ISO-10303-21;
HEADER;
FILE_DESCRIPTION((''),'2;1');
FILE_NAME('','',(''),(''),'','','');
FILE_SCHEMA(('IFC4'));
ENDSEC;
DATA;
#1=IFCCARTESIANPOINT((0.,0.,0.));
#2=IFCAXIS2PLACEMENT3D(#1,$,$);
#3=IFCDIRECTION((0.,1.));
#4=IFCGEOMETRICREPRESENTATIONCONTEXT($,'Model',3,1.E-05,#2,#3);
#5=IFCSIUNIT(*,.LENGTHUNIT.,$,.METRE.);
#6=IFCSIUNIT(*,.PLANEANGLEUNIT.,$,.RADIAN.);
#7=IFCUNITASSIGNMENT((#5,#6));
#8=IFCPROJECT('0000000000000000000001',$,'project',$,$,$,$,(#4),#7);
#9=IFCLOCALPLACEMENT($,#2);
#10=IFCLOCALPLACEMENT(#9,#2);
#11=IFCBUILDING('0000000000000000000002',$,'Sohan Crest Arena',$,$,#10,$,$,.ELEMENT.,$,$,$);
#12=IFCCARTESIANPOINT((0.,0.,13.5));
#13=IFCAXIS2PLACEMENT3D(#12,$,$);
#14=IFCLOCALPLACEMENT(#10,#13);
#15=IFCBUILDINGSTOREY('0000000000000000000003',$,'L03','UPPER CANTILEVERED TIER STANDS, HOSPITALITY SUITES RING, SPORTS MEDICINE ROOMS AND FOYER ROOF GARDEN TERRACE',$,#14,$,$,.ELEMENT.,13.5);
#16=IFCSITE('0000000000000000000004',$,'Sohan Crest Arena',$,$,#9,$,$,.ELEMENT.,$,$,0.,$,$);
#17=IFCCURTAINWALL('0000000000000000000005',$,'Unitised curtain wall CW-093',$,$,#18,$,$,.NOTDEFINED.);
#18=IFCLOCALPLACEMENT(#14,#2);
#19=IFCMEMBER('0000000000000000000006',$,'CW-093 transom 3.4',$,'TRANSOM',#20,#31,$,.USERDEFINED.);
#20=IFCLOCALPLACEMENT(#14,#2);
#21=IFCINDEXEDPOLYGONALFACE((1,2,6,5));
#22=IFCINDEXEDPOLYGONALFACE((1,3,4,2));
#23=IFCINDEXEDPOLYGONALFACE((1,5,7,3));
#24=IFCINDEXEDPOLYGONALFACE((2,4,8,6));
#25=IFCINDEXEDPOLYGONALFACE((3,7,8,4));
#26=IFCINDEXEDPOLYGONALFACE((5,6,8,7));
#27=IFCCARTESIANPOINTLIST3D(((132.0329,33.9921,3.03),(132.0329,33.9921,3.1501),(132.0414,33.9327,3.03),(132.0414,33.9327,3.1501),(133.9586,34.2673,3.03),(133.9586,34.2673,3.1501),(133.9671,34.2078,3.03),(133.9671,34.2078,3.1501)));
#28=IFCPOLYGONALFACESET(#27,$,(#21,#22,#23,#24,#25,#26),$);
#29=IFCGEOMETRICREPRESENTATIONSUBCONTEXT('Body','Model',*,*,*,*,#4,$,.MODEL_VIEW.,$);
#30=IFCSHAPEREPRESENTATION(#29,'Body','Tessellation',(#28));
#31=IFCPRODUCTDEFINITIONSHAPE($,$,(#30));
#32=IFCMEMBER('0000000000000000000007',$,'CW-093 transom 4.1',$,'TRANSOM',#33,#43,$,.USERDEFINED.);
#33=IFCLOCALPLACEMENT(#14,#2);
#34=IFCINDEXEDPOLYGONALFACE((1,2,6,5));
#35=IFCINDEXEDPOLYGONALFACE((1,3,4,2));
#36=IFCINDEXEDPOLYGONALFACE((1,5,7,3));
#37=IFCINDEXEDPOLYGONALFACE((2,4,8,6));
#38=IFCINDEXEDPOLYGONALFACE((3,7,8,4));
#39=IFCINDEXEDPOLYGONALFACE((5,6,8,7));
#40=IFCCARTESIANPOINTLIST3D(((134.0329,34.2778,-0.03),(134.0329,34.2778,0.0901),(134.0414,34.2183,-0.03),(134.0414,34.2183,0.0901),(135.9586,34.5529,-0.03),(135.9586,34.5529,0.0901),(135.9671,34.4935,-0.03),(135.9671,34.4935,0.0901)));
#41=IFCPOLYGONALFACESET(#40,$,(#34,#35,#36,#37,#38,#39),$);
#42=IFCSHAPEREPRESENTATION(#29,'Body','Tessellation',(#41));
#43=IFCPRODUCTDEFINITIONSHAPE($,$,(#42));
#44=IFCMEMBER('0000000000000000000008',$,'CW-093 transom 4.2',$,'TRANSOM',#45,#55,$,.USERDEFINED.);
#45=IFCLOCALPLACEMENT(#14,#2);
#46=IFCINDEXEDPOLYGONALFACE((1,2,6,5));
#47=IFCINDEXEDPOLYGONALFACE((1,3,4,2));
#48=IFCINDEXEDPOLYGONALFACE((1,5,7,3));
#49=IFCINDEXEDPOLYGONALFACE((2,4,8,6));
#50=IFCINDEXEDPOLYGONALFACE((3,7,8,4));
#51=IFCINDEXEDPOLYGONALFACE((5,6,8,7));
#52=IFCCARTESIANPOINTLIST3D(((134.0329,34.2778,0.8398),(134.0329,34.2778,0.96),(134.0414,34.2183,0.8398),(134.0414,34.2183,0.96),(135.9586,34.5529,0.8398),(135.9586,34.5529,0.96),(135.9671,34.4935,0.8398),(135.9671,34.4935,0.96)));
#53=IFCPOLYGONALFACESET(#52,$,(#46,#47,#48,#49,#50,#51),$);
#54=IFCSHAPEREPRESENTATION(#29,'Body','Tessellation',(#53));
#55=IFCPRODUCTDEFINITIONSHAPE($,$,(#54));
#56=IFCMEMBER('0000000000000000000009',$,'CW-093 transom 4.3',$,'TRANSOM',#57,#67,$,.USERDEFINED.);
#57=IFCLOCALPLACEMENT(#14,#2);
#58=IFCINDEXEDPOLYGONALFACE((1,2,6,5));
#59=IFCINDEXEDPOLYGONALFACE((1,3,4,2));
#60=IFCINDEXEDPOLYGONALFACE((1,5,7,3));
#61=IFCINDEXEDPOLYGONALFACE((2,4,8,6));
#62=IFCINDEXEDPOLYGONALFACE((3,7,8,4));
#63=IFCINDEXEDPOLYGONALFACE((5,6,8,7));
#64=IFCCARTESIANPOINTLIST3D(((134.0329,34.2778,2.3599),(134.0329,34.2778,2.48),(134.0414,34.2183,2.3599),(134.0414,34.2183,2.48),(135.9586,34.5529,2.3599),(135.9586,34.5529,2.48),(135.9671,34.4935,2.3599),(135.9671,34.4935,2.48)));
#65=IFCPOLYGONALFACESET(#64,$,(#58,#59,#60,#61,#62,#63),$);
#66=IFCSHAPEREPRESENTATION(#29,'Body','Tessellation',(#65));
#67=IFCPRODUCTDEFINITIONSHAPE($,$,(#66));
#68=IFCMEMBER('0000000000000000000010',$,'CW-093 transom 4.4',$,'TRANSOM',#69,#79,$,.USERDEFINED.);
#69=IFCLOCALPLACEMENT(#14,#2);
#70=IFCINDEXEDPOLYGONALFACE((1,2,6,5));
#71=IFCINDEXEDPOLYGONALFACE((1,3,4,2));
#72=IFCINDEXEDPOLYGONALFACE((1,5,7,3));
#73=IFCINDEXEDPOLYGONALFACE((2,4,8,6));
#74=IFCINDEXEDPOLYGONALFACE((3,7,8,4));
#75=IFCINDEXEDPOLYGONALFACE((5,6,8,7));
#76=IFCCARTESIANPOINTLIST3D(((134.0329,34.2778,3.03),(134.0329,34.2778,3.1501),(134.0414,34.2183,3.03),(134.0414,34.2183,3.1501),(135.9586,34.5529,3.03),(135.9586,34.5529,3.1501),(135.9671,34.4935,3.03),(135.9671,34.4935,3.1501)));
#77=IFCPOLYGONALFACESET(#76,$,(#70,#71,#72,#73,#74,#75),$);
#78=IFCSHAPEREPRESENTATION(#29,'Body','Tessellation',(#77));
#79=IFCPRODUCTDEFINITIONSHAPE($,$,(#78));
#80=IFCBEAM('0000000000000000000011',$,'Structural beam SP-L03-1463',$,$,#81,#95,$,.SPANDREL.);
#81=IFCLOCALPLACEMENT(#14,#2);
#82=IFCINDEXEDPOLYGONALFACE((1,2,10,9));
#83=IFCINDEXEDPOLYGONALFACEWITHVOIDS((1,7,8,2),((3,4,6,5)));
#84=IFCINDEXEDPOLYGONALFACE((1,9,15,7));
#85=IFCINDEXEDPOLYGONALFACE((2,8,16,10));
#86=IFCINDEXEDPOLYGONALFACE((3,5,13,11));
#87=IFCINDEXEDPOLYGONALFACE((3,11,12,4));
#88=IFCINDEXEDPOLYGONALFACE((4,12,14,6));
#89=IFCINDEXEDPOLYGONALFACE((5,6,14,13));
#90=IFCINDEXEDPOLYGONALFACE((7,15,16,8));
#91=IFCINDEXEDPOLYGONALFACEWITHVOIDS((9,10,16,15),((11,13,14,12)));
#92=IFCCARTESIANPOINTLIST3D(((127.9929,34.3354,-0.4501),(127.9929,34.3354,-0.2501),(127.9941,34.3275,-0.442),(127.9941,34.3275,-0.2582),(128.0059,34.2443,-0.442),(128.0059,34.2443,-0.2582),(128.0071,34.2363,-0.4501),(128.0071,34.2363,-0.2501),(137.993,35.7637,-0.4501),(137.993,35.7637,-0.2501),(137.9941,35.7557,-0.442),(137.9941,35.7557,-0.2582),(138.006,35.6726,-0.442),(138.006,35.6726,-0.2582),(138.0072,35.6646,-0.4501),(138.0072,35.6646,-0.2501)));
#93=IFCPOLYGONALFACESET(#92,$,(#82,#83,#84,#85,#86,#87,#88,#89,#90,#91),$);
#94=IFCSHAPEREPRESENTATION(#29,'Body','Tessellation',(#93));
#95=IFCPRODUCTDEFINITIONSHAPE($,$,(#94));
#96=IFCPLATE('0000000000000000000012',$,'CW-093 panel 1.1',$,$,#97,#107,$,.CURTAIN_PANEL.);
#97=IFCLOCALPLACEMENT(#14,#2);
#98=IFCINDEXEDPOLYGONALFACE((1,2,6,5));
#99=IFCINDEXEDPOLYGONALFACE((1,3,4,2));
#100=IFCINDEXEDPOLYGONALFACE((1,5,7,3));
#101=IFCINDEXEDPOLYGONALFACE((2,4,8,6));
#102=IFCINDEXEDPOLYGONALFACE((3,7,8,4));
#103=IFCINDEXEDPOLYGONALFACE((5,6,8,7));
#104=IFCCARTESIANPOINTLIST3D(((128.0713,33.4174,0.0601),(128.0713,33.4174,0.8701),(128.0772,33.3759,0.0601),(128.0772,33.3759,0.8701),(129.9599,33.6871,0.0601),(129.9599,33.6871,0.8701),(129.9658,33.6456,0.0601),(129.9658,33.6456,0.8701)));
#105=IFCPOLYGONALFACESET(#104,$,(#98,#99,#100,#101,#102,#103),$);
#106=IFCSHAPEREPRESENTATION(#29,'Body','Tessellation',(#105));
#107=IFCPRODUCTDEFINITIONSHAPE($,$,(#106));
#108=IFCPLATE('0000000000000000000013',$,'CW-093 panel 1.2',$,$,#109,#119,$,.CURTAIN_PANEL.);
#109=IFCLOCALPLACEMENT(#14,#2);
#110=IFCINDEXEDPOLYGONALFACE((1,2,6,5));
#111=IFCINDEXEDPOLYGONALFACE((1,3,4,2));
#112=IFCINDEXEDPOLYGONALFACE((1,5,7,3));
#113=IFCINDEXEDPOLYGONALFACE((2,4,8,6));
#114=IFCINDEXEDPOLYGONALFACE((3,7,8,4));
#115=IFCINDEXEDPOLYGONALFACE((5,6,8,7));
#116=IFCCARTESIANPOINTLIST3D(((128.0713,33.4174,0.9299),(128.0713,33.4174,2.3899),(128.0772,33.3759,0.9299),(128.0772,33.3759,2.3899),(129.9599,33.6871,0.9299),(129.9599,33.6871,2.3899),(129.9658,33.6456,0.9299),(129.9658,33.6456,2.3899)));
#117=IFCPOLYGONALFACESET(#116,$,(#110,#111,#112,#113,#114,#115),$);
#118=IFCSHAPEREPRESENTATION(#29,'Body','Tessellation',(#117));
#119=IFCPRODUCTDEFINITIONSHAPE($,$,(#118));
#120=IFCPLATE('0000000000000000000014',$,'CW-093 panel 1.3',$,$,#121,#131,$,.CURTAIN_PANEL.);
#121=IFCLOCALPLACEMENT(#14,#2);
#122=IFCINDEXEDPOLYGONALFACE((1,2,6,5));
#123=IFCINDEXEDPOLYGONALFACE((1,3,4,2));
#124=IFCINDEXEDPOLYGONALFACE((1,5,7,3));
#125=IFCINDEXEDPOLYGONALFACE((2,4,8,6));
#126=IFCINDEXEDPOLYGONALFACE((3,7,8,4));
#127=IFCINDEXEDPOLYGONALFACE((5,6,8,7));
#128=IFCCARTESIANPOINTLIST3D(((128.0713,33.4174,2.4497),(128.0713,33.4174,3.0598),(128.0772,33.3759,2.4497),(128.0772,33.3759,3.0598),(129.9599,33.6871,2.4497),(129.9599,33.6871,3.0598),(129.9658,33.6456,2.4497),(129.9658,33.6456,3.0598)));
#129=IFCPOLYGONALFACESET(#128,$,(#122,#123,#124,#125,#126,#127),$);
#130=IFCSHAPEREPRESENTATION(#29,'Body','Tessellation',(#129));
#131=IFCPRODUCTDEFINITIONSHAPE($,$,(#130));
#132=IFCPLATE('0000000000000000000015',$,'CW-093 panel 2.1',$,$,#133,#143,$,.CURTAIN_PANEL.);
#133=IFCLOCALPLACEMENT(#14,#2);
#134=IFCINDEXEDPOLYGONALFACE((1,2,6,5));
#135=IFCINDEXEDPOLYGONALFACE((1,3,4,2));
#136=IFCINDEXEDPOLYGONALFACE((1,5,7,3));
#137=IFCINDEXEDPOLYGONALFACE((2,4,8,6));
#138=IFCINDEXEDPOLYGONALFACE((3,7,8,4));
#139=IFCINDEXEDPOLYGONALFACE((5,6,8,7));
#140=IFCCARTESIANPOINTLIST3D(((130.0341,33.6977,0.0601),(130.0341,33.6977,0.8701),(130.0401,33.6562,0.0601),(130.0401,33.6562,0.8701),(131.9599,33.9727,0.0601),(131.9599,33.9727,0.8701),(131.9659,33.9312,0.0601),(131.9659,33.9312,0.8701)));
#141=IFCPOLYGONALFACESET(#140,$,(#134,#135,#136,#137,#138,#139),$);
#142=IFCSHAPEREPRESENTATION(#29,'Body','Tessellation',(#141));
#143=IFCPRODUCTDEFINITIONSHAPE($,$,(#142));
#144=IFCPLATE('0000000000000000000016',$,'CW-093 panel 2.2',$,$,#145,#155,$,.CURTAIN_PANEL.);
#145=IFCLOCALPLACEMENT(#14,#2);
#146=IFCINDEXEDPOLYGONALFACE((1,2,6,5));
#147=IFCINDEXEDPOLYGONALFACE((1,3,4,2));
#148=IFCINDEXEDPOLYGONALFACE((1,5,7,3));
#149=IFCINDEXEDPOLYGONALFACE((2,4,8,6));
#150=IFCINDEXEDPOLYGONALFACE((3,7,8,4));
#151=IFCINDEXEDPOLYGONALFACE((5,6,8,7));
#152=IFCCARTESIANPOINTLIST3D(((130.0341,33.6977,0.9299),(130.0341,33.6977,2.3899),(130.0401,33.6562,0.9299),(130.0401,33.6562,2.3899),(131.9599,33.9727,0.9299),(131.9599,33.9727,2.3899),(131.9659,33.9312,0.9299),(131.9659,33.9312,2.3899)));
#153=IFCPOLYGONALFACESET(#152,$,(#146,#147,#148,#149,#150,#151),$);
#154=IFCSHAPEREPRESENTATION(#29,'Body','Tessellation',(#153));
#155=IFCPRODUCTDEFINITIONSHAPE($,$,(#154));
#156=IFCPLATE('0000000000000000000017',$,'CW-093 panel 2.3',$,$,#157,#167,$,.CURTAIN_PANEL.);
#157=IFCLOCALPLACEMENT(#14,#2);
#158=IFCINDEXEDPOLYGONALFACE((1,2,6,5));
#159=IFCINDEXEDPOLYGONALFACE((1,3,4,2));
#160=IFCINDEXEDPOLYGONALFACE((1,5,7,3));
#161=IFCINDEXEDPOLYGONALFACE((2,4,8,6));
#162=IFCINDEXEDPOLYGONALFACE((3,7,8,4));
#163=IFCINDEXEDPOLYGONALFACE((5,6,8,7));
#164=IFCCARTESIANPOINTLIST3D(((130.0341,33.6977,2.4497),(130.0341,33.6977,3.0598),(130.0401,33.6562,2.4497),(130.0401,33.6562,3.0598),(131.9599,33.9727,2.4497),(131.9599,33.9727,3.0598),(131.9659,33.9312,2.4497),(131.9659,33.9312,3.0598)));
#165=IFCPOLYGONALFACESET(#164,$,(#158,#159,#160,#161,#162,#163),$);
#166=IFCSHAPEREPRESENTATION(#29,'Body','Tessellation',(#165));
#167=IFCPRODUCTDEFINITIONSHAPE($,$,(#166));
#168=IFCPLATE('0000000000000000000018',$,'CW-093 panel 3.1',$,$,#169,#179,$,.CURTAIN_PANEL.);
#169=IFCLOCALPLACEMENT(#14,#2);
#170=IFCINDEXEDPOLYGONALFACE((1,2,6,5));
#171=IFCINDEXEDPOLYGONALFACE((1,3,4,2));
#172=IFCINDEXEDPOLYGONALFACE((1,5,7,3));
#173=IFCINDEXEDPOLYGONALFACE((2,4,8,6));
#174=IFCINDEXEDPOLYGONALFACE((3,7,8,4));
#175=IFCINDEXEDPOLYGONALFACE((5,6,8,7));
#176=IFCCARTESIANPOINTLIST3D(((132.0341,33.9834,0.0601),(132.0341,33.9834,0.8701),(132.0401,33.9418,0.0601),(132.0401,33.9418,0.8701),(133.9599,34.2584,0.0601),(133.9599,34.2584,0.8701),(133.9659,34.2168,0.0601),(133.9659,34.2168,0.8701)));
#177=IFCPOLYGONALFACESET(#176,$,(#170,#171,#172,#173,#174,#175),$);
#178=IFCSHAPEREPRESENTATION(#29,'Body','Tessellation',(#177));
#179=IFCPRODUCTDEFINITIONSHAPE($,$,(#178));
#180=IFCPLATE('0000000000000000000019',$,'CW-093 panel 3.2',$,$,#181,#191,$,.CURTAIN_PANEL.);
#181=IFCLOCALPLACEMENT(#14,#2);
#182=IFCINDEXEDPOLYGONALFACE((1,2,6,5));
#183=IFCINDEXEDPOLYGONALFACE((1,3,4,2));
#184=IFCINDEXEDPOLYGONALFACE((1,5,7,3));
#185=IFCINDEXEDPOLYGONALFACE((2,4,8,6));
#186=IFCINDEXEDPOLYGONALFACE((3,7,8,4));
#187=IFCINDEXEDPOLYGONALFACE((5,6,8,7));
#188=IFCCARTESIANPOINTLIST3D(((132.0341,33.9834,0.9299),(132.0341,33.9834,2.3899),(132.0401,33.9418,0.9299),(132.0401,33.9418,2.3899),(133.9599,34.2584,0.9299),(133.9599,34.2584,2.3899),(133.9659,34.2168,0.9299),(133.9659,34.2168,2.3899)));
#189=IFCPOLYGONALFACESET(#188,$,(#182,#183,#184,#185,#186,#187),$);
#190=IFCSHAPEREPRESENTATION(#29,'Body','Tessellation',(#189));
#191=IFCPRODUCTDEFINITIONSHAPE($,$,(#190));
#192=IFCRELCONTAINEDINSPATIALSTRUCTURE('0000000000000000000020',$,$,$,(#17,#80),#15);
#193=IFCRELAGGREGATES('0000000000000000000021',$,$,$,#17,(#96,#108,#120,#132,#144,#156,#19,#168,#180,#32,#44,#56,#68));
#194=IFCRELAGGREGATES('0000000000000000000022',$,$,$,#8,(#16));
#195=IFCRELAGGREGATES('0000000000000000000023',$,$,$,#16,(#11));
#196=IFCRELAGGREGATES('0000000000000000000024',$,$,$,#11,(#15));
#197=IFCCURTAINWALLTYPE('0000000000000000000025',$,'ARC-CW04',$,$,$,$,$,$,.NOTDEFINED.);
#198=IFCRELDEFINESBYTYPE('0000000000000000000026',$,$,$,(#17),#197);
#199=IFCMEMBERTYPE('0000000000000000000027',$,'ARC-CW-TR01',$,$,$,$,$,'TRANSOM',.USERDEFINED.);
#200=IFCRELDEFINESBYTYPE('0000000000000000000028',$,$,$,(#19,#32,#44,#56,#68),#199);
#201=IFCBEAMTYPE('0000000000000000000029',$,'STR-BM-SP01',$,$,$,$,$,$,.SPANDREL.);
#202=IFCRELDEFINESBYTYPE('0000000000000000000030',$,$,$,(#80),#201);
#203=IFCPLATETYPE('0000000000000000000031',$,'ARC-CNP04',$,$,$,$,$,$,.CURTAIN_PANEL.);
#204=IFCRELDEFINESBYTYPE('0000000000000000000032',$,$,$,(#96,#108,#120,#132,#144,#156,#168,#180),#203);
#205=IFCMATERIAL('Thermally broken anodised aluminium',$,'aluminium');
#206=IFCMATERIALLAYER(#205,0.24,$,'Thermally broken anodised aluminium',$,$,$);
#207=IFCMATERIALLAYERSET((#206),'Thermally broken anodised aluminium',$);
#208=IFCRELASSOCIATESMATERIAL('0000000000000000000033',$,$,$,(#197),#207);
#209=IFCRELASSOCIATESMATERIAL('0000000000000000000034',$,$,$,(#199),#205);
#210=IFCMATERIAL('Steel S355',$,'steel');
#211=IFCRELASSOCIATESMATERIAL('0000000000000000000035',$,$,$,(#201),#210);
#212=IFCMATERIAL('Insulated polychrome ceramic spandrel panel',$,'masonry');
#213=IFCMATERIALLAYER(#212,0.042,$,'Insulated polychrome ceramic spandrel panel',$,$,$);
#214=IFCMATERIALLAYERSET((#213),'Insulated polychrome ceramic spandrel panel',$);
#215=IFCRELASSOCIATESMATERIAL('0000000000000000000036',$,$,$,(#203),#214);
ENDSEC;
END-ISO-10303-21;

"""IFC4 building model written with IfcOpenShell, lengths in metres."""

from ifc_helpers import new_model, si_unit, direction, frame, origin, origin_2d, place, context, subcontext, project, spatial, rectangle, hollow_rectangle, extrude, material, layer, layer_set, material_profile, profile_set, type_object, element, aggregate, save


model = new_model("IFC4")

# Units and contexts
model_context = context("Model", 3, precision=1e-05, world=origin(), true_north=direction((0.0, 1.0)))
body_context = subcontext(model_context, "Body", "Model", "MODEL_VIEW")
ifc_project = project(units=[si_unit("LENGTHUNIT", "METRE"), si_unit("PLANEANGLEUNIT", "RADIAN")], contexts=[model_context])

# Site, building, storey
site_placement = place(None, origin())
site = spatial("IfcSite", under=ifc_project, at=site_placement, Name="Sohan Crest Arena", CompositionType="ELEMENT", RefElevation=0.0)
building_placement = place(site_placement, origin())
building = spatial("IfcBuilding", under=site, at=building_placement, Name="Sohan Crest Arena", CompositionType="ELEMENT")
storey_placement = place(building_placement, frame((0.0, 0.0, 13.5)))
storey = spatial("IfcBuildingStorey", under=building, at=storey_placement, Name="L03", Description="UPPER CANTILEVERED TIER STANDS, HOSPITALITY SUITES RING, SPORTS MEDICINE ROOMS AND FOYER ROOF GARDEN TERRACE", CompositionType="ELEMENT", Elevation=13.5)

# Shared definitions
ifc_material_1 = material(Name="Steel S355", Category="steel")

# Curtain wall, members
ifc_material_2 = material(Name="Thermally broken anodised aluminium", Category="aluminium")
ifc_layer_1 = layer(ifc_material_2, 0.24, Name="Thermally broken anodised aluminium")
ifc_layer_set_1 = layer_set([ifc_layer_1], Name="Thermally broken anodised aluminium")
curtain_wall_type = type_object("IfcCurtainWallType", Name="ARC-CW04", PredefinedType="NOTDEFINED", material=ifc_layer_set_1)
curtain_wall_placement = place(storey_placement, origin())
curtain_wall = element("IfcCurtainWall", 1, at=curtain_wall_placement, inside=storey, type_object=curtain_wall_type, Name="Unitised curtain wall CW-093", PredefinedType="NOTDEFINED")
ifc_material_profile_1 = material_profile(ifc_material_2, rectangle(XDim=0.0601, YDim=0.1201, at=origin_2d()), Name="ALU-TRAN 60x120")
ifc_profile_set_1 = profile_set([ifc_material_profile_1], Name="Thermally broken anodised aluminium")
member_type_1 = type_object("IfcMemberType", Name="ARC-CW-TR01", ElementType="TRANSOM", PredefinedType="USERDEFINED", material=ifc_profile_set_1)
member_1_placement = place(storey_placement, frame((132.0371, 33.9624, 3.0901), z_axis=(0.989947, 0.141439, 0.0), x_axis=(-0.141439, 0.989947, 0.0)))
member_1 = element("IfcMember", 2, at=member_1_placement, type_object=member_type_1, Name="CW-093 transom 3.4", ObjectType="TRANSOM", PredefinedType="USERDEFINED", context=body_context, shape_type="SweptSolid", body=[
    extrude(rectangle(XDim=0.0601, YDim=0.1201, at=origin_2d()), origin(), (0.0, 0.0, 1.0), 1.9453),
])
member_2_placement = place(storey_placement, frame((134.0371, 34.248, 0.03), z_axis=(0.989947, 0.141439, 0.0), x_axis=(-0.141439, 0.989947, 0.0)))
member_2 = element("IfcMember", 3, at=member_2_placement, type_object=member_type_1, Name="CW-093 transom 4.1", ObjectType="TRANSOM", PredefinedType="USERDEFINED", context=body_context, shape_type="SweptSolid", body=[
    extrude(rectangle(XDim=0.0601, YDim=0.1201, at=origin_2d()), origin(), (0.0, 0.0, 1.0), 1.9453),
])
member_3_placement = place(storey_placement, frame((134.0371, 34.248, 0.8999), z_axis=(0.989947, 0.141439, 0.0), x_axis=(-0.141439, 0.989947, 0.0)))
member_3 = element("IfcMember", 4, at=member_3_placement, type_object=member_type_1, Name="CW-093 transom 4.2", ObjectType="TRANSOM", PredefinedType="USERDEFINED", context=body_context, shape_type="SweptSolid", body=[
    extrude(rectangle(XDim=0.0601, YDim=0.1201, at=origin_2d()), origin(), (0.0, 0.0, 1.0), 1.9453),
])
member_4_placement = place(storey_placement, frame((134.0371, 34.248, 2.4199), z_axis=(0.989947, 0.141439, 0.0), x_axis=(-0.141439, 0.989947, 0.0)))
member_4 = element("IfcMember", 5, at=member_4_placement, type_object=member_type_1, Name="CW-093 transom 4.3", ObjectType="TRANSOM", PredefinedType="USERDEFINED", context=body_context, shape_type="SweptSolid", body=[
    extrude(rectangle(XDim=0.0601, YDim=0.1201, at=origin_2d()), origin(), (0.0, 0.0, 1.0), 1.9453),
])
member_5_placement = place(storey_placement, frame((134.0371, 34.248, 3.0901), z_axis=(0.989947, 0.141439, 0.0), x_axis=(-0.141439, 0.989947, 0.0)))
member_5 = element("IfcMember", 6, at=member_5_placement, type_object=member_type_1, Name="CW-093 transom 4.4", ObjectType="TRANSOM", PredefinedType="USERDEFINED", context=body_context, shape_type="SweptSolid", body=[
    extrude(rectangle(XDim=0.0601, YDim=0.1201, at=origin_2d()), origin(), (0.0, 0.0, 1.0), 1.9453),
])

# Beam
ifc_material_profile_2 = material_profile(ifc_material_1, hollow_rectangle(XDim=0.1001, YDim=0.2, WallThickness=0.0081, at=origin_2d()), Name="RHS 200x100x8")
ifc_profile_set_2 = profile_set([ifc_material_profile_2], Name="Steel S355")
beam_type = type_object("IfcBeamType", Name="STR-BM-SP01", PredefinedType="SPANDREL", material=ifc_profile_set_2)
beam_placement = place(storey_placement, frame((128.0, 34.2859, -0.3501), z_axis=(0.989954, 0.141388, 0.0), x_axis=(-0.141388, 0.989954, 0.0)))
element("IfcBeam", 7, at=beam_placement, inside=storey, type_object=beam_type, Name="Structural beam SP-L03-1463", PredefinedType="SPANDREL", context=body_context, shape_type="SweptSolid", body=[
    extrude(hollow_rectangle(XDim=0.1001, YDim=0.2, WallThickness=0.0081, at=origin_2d()), origin(), (0.0, 0.0, 1.0), 10.1016),
])

# Plates
ifc_material_3 = material(Name="Insulated polychrome ceramic spandrel panel", Category="masonry")
ifc_layer_2 = layer(ifc_material_3, 0.042, Name="Insulated polychrome ceramic spandrel panel")
ifc_layer_set_2 = layer_set([ifc_layer_2], Name="Insulated polychrome ceramic spandrel panel")
plate_type = type_object("IfcPlateType", Name="ARC-CNP04", PredefinedType="CURTAIN_PANEL", material=ifc_layer_set_2)
plate_1_placement = place(storey_placement, frame((129.0186, 33.5315, 0.0601), z_axis=(0.0, 0.0, 1.0), x_axis=(0.989957, 0.141366, 0.0)))
plate_1 = element("IfcPlate", 8, at=plate_1_placement, type_object=plate_type, Name="CW-093 panel 1.1", PredefinedType="CURTAIN_PANEL", context=body_context, shape_type="SweptSolid", body=[
    extrude(rectangle(XDim=1.9077, YDim=0.042, at=origin_2d()), origin(), (0.0, 0.0, 1.0), 0.8101),
])
plate_2_placement = place(storey_placement, frame((129.0186, 33.5315, 0.9299), z_axis=(0.0, 0.0, 1.0), x_axis=(0.989957, 0.141366, 0.0)))
plate_2 = element("IfcPlate", 9, at=plate_2_placement, type_object=plate_type, Name="CW-093 panel 1.2", PredefinedType="CURTAIN_PANEL", context=body_context, shape_type="SweptSolid", body=[
    extrude(rectangle(XDim=1.9077, YDim=0.042, at=origin_2d()), origin(), (0.0, 0.0, 1.0), 1.46),
])
plate_3_placement = place(storey_placement, frame((129.0186, 33.5315, 2.4497), z_axis=(0.0, 0.0, 1.0), x_axis=(0.989957, 0.141366, 0.0)))
plate_3 = element("IfcPlate", 10, at=plate_3_placement, type_object=plate_type, Name="CW-093 panel 1.3", PredefinedType="CURTAIN_PANEL", context=body_context, shape_type="SweptSolid", body=[
    extrude(rectangle(XDim=1.9077, YDim=0.042, at=origin_2d()), origin(), (0.0, 0.0, 1.0), 0.6101),
])
plate_4_placement = place(storey_placement, frame((131.0, 33.8145, 0.0601), z_axis=(0.0, 0.0, 1.0), x_axis=(0.989957, 0.141366, 0.0)))
plate_4 = element("IfcPlate", 11, at=plate_4_placement, type_object=plate_type, Name="CW-093 panel 2.1", PredefinedType="CURTAIN_PANEL", context=body_context, shape_type="SweptSolid", body=[
    extrude(rectangle(XDim=1.9453, YDim=0.042, at=origin_2d()), origin(), (0.0, 0.0, 1.0), 0.8101),
])
plate_5_placement = place(storey_placement, frame((131.0, 33.8145, 0.9299), z_axis=(0.0, 0.0, 1.0), x_axis=(0.989957, 0.141366, 0.0)))
plate_5 = element("IfcPlate", 12, at=plate_5_placement, type_object=plate_type, Name="CW-093 panel 2.2", PredefinedType="CURTAIN_PANEL", context=body_context, shape_type="SweptSolid", body=[
    extrude(rectangle(XDim=1.9453, YDim=0.042, at=origin_2d()), origin(), (0.0, 0.0, 1.0), 1.46),
])
plate_6_placement = place(storey_placement, frame((131.0, 33.8145, 2.4497), z_axis=(0.0, 0.0, 1.0), x_axis=(0.989957, 0.141366, 0.0)))
plate_6 = element("IfcPlate", 13, at=plate_6_placement, type_object=plate_type, Name="CW-093 panel 2.3", PredefinedType="CURTAIN_PANEL", context=body_context, shape_type="SweptSolid", body=[
    extrude(rectangle(XDim=1.9453, YDim=0.042, at=origin_2d()), origin(), (0.0, 0.0, 1.0), 0.6101),
])
plate_7_placement = place(storey_placement, frame((133.0, 34.1001, 0.0601), z_axis=(0.0, 0.0, 1.0), x_axis=(0.989957, 0.141366, 0.0)))
plate_7 = element("IfcPlate", 14, at=plate_7_placement, type_object=plate_type, Name="CW-093 panel 3.1", PredefinedType="CURTAIN_PANEL", context=body_context, shape_type="SweptSolid", body=[
    extrude(rectangle(XDim=1.9453, YDim=0.042, at=origin_2d()), origin(), (0.0, 0.0, 1.0), 0.8101),
])
plate_8_placement = place(storey_placement, frame((133.0, 34.1001, 0.9299), z_axis=(0.0, 0.0, 1.0), x_axis=(0.989957, 0.141366, 0.0)))
plate_8 = element("IfcPlate", 15, at=plate_8_placement, type_object=plate_type, Name="CW-093 panel 3.2", PredefinedType="CURTAIN_PANEL", context=body_context, shape_type="SweptSolid", body=[
    extrude(rectangle(XDim=1.9453, YDim=0.042, at=origin_2d()), origin(), (0.0, 0.0, 1.0), 1.46),
])
aggregate(curtain_wall, [plate_1, plate_2, plate_3, plate_4, plate_5, plate_6, member_1, plate_7, plate_8, member_2, member_3, member_4, member_5])

save(model, "model.ifc")
